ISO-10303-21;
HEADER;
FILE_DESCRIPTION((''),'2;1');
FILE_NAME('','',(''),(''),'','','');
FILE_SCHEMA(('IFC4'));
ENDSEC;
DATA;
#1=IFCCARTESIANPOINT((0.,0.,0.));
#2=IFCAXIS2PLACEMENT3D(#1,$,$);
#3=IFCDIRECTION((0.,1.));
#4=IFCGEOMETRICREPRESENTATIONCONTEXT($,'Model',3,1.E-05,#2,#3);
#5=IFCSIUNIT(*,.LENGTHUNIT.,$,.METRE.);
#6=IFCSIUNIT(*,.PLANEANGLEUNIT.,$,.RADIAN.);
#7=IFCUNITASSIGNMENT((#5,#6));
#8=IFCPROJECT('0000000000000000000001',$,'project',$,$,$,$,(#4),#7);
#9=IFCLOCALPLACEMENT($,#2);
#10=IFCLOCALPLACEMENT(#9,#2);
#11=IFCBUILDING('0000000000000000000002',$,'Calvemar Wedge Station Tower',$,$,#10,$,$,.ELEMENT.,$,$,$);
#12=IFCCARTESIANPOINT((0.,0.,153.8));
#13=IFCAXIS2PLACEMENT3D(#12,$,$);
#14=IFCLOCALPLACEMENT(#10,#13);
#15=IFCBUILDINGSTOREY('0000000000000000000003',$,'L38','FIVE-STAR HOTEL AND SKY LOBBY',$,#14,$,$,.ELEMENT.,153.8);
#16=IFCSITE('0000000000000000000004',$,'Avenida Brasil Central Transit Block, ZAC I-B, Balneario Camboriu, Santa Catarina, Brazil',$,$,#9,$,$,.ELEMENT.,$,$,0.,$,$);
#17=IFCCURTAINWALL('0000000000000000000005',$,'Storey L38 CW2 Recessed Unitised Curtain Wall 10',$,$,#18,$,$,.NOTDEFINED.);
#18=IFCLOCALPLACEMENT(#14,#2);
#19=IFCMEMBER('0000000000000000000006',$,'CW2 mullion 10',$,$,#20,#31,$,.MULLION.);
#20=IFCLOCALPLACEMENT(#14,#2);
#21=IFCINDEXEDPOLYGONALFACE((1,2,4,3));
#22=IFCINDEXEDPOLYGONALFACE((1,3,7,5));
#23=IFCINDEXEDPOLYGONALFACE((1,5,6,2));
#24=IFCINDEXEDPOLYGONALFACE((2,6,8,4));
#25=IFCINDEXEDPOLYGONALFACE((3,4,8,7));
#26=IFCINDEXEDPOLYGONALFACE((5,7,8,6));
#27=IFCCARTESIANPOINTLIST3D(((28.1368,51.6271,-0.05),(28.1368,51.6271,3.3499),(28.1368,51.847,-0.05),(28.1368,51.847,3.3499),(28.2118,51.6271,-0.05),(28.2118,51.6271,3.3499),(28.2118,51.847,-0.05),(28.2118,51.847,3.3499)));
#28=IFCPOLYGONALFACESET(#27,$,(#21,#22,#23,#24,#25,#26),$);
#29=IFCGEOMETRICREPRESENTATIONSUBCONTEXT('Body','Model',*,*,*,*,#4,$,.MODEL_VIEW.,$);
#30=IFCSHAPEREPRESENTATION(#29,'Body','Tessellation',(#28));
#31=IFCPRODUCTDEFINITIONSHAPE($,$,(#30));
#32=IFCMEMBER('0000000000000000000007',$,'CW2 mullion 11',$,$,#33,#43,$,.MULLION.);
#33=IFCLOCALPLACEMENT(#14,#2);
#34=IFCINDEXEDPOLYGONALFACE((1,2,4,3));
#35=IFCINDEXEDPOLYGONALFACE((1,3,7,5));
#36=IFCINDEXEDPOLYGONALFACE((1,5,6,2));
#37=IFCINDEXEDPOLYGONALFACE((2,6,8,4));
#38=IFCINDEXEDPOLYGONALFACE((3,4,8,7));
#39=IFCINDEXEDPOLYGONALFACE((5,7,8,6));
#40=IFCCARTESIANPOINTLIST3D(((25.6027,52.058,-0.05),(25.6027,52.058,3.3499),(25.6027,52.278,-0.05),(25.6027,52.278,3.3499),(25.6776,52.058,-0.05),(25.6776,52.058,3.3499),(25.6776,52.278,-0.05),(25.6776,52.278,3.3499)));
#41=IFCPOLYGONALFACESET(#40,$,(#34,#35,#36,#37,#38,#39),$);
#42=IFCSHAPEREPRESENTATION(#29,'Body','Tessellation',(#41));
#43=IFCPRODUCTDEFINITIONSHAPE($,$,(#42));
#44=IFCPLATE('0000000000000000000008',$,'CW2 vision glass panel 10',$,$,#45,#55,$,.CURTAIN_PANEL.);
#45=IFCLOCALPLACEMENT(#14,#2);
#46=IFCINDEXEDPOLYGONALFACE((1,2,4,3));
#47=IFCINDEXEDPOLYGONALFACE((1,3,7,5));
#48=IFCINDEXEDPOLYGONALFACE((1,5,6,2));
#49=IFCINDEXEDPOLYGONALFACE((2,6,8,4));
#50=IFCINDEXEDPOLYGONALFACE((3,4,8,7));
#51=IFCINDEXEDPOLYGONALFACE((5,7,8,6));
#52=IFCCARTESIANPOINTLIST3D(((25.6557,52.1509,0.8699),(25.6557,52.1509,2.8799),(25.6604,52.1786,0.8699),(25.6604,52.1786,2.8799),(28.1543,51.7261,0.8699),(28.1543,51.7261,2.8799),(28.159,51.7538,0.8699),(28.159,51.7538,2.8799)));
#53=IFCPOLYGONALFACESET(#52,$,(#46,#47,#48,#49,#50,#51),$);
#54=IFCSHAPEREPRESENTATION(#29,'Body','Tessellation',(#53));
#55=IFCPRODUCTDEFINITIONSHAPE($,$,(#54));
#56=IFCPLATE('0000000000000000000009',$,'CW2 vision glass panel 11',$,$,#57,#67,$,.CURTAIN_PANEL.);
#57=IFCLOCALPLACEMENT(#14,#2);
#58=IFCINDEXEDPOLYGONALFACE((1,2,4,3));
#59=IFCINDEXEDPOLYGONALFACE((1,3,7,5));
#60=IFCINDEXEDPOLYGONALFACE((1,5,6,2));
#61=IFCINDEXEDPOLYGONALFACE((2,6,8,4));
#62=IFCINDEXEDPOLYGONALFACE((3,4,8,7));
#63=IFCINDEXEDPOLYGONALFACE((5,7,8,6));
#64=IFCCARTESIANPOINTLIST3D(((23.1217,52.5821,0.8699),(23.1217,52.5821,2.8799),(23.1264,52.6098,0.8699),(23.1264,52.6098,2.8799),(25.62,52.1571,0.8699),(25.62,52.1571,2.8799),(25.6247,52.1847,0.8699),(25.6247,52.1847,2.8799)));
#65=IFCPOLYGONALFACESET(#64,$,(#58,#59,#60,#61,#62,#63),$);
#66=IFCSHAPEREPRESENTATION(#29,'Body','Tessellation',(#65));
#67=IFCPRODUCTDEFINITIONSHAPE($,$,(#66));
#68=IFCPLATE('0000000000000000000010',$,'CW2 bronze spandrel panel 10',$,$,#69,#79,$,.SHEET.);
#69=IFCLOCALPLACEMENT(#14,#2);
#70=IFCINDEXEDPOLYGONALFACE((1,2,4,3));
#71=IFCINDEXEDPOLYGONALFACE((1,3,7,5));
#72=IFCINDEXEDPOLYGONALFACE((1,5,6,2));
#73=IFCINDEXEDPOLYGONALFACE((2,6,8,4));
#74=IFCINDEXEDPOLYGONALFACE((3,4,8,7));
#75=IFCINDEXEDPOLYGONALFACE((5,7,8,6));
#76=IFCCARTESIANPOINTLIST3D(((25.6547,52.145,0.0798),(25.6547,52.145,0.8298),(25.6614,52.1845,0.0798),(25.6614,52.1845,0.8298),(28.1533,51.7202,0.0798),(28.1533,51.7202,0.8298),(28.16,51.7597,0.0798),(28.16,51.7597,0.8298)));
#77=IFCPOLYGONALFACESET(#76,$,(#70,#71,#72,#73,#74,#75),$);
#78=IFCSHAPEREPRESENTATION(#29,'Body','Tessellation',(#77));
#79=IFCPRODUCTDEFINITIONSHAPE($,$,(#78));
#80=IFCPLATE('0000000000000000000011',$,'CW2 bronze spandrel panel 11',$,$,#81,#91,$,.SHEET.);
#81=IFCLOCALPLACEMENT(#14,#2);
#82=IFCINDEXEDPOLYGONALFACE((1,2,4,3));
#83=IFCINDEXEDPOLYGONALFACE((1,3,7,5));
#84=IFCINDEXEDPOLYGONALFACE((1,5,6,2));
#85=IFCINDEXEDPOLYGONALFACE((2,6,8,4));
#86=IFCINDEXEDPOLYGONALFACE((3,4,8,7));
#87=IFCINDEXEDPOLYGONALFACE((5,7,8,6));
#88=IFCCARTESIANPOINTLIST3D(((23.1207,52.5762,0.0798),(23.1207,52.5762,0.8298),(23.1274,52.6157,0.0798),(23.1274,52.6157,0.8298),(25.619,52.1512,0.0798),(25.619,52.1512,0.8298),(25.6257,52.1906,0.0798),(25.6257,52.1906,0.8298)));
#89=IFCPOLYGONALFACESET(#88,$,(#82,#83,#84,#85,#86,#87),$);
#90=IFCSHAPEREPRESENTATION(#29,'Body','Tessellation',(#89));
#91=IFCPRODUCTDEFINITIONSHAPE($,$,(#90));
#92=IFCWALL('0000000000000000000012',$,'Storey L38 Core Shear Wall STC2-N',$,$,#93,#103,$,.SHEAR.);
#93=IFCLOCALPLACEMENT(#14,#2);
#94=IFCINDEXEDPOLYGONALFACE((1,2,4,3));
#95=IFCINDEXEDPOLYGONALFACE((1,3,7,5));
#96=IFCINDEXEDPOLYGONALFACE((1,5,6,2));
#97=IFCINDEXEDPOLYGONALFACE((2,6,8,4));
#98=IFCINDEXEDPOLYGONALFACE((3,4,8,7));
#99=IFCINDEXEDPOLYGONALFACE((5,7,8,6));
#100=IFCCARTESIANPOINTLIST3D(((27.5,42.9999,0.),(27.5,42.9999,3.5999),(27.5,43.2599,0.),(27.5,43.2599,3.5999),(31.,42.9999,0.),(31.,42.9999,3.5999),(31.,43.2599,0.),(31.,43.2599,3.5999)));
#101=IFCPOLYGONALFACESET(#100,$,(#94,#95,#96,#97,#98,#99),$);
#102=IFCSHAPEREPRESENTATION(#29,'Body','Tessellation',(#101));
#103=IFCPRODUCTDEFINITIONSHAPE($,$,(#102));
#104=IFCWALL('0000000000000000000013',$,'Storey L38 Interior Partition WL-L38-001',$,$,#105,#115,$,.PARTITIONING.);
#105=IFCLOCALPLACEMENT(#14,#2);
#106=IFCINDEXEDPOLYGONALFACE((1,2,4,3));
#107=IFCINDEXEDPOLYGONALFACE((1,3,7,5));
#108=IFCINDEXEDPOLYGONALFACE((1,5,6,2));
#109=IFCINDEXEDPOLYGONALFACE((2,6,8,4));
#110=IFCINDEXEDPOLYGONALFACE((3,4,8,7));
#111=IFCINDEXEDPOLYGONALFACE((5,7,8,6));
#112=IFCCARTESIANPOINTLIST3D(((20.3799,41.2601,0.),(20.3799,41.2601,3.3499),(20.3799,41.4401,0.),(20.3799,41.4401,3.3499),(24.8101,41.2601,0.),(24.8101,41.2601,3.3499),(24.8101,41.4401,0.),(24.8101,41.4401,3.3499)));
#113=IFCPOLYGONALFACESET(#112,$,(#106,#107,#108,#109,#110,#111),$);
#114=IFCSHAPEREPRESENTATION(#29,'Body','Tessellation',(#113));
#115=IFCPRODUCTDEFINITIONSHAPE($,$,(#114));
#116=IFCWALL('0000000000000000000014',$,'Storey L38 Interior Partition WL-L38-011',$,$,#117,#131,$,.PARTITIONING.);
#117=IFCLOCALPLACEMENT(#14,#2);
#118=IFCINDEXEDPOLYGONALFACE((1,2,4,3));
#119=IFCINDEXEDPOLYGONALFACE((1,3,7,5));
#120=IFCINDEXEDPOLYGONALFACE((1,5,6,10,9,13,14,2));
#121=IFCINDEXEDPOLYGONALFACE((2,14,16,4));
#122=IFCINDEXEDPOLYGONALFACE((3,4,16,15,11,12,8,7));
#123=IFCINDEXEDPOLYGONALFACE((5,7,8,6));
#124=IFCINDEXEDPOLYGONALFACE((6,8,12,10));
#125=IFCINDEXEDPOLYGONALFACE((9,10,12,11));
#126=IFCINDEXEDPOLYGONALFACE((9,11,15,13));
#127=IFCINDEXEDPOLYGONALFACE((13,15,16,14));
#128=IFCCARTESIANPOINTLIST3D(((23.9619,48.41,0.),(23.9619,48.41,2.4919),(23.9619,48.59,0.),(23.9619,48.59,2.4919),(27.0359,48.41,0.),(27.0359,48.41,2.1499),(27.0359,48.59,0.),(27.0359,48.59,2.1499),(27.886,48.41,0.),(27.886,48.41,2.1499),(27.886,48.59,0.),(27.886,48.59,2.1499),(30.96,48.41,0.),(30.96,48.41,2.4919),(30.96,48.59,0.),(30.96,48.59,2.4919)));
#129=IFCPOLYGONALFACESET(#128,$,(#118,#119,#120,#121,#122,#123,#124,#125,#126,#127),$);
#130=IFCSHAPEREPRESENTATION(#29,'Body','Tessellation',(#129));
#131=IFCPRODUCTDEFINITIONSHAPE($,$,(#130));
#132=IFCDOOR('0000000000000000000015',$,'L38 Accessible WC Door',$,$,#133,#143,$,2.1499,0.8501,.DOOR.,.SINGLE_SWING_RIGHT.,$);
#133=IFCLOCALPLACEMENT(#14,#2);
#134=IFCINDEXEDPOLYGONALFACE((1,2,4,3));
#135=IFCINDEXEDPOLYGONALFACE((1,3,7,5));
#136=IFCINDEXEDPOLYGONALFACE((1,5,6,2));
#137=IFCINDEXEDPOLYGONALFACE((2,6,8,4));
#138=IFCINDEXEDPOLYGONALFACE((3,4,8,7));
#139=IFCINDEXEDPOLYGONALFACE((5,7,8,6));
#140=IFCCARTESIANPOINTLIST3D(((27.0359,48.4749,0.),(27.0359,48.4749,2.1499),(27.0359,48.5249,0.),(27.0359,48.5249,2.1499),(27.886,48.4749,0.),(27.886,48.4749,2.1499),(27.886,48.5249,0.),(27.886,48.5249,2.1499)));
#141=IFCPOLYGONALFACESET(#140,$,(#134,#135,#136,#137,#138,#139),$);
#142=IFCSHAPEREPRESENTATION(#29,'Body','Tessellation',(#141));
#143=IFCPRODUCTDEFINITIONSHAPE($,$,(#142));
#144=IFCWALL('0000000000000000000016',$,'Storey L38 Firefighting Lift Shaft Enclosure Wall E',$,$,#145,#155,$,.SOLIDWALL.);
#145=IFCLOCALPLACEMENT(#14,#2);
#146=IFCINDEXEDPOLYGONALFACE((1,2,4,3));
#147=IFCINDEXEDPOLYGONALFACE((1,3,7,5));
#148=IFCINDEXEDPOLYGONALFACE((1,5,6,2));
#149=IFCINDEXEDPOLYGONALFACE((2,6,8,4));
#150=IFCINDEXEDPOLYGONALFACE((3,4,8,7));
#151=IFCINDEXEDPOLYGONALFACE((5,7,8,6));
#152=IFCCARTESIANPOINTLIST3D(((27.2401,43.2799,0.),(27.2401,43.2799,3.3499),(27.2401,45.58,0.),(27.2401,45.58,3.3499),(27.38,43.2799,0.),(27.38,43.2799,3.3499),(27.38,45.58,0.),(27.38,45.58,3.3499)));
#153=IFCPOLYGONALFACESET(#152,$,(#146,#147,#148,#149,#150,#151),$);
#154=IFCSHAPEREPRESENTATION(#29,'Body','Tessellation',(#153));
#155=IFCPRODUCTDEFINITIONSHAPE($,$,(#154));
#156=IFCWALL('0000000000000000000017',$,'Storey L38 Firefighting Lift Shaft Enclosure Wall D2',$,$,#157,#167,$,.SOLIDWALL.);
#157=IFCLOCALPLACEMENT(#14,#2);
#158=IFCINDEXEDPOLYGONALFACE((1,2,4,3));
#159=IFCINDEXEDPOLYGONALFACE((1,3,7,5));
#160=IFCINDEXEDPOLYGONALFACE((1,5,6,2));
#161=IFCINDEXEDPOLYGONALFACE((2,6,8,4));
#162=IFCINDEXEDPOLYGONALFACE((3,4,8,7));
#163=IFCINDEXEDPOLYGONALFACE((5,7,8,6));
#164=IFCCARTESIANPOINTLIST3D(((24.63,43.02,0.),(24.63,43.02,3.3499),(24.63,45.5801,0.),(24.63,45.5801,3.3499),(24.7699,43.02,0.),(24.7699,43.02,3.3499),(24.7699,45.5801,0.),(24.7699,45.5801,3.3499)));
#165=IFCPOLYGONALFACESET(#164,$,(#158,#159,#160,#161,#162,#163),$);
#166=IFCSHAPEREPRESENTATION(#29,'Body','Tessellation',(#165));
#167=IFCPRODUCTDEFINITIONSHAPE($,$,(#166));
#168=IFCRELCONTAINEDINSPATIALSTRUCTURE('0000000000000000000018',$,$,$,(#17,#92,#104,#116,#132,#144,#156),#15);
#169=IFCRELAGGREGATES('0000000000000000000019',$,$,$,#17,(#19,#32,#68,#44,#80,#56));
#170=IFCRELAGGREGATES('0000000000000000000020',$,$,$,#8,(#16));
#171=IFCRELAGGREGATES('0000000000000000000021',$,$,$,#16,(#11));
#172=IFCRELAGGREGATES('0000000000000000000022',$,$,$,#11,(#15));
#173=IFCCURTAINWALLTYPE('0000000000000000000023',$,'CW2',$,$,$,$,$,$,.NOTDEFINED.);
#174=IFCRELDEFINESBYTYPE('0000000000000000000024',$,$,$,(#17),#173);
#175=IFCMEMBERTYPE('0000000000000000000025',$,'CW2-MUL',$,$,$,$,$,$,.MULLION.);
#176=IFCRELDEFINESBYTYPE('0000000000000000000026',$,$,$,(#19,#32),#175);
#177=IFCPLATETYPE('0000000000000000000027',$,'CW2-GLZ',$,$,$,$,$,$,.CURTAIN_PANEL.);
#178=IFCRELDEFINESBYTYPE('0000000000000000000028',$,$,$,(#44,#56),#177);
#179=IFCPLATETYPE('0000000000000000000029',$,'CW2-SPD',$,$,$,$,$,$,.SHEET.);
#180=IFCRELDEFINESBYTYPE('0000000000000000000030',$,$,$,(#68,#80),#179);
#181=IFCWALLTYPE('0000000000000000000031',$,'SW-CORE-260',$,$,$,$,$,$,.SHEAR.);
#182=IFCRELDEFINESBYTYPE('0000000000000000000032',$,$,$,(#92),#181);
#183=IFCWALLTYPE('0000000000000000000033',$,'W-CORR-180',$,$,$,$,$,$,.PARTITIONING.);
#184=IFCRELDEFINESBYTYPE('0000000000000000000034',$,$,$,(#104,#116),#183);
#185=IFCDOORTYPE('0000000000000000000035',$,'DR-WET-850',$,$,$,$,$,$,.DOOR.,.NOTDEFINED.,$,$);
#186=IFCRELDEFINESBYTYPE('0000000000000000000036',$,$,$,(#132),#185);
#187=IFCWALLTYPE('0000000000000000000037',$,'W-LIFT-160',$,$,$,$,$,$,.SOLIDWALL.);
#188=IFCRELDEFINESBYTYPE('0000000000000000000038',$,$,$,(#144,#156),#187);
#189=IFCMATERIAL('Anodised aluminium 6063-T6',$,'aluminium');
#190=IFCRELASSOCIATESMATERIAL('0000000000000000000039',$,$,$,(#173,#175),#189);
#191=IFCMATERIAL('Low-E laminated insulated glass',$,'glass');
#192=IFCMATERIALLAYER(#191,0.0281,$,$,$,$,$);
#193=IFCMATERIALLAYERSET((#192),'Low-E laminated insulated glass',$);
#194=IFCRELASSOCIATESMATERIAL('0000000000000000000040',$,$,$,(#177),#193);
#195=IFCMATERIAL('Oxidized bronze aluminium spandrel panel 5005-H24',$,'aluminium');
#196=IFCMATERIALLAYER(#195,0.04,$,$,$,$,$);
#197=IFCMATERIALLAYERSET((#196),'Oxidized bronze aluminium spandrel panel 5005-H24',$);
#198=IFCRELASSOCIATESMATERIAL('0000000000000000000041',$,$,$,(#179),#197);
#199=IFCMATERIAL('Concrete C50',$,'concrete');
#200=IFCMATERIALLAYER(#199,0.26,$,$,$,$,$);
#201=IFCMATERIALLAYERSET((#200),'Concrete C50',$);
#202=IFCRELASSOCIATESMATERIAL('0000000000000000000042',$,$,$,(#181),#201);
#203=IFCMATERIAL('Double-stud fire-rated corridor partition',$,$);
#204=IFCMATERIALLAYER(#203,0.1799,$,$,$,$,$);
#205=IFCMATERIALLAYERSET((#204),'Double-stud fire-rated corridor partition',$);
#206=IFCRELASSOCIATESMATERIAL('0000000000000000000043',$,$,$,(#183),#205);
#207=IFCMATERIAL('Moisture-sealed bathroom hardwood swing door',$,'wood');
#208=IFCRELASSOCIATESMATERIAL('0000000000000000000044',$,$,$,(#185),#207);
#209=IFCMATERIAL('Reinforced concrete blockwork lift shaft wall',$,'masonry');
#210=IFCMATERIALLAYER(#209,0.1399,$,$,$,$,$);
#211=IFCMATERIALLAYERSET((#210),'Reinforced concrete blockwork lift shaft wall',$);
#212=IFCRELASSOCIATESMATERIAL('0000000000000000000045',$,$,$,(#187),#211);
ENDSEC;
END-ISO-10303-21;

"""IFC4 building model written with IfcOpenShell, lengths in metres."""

from ifc_helpers import new_model, si_unit, direction, frame, frame_2d, origin, origin_2d, place, context, subcontext, project, spatial, rectangle, extrude, source, transform, mapped, material, layer, layer_set, material_profile, profile_set, type_object, element, fill, aggregate, save


model = new_model("IFC4")

# Units and contexts
model_context = context("Model", 3, precision=1e-05, world=origin(), true_north=direction((0.0, 1.0)))
body_context = subcontext(model_context, "Body", "Model", "MODEL_VIEW")
ifc_project = project(units=[si_unit("LENGTHUNIT", "METRE"), si_unit("PLANEANGLEUNIT", "RADIAN")], contexts=[model_context])

# Site, building, storey
site_placement = place(None, origin())
site = spatial("IfcSite", under=ifc_project, at=site_placement, Name="Avenida Brasil Central Transit Block, ZAC I-B, Balneario Camboriu, Santa Catarina, Brazil", CompositionType="ELEMENT", RefElevation=0.0)
building_placement = place(site_placement, origin())
building = spatial("IfcBuilding", under=site, at=building_placement, Name="Calvemar Wedge Station Tower", CompositionType="ELEMENT")
storey_placement = place(building_placement, frame((0.0, 0.0, 153.8)))
storey = spatial("IfcBuildingStorey", under=building, at=storey_placement, Name="L38", Description="FIVE-STAR HOTEL AND SKY LOBBY", CompositionType="ELEMENT", Elevation=153.8)

# Curtain wall, members, plates
ifc_material_1 = material(Name="Anodised aluminium 6063-T6", Category="aluminium")
curtain_wall_type = type_object("IfcCurtainWallType", Name="CW2", PredefinedType="NOTDEFINED", material=ifc_material_1)
curtain_wall_placement = place(storey_placement, origin())
curtain_wall = element("IfcCurtainWall", 1, at=curtain_wall_placement, inside=storey, type_object=curtain_wall_type, Name="Storey L38 CW2 Recessed Unitised Curtain Wall 10", PredefinedType="NOTDEFINED")
ifc_material_profile = material_profile(ifc_material_1, rectangle(XDim=0.075, YDim=0.22, at=origin_2d()), Name="AL-MUL-75x220")
ifc_profile_set = profile_set([ifc_material_profile], Name="Anodised aluminium 6063-T6")
member_type = type_object("IfcMemberType", Name="CW2-MUL", PredefinedType="MULLION", material=ifc_profile_set)
shared_shape_1 = source(origin(), body_context, "Body", "SweptSolid", [
    extrude(rectangle(XDim=0.075, YDim=0.22, at=origin_2d()), origin(), (0.0, 0.0, 1.0), 3.3999),
])
member_1_placement = place(storey_placement, frame((28.1743, 51.7371, -0.05), z_axis=(0.0, 0.0, 1.0), x_axis=(1.0, 0.0, 0.0)))
member_1 = element("IfcMember", 2, at=member_1_placement, type_object=member_type, Name="CW2 mullion 10", PredefinedType="MULLION", context=body_context, shape_type="MappedRepresentation", body=[
    mapped(shared_shape_1, transform((0.0, 0.0, 0.0), scale=1.0)),
])
member_2_placement = place(storey_placement, frame((25.6401, 52.168, -0.05), z_axis=(0.0, 0.0, 1.0), x_axis=(1.0, 0.0, 0.0)))
member_2 = element("IfcMember", 3, at=member_2_placement, type_object=member_type, Name="CW2 mullion 11", PredefinedType="MULLION", context=body_context, shape_type="MappedRepresentation", body=[
    mapped(shared_shape_1, transform((0.0, 0.0, 0.0), scale=1.0)),
])
ifc_material_2 = material(Name="Low-E laminated insulated glass", Category="glass")
ifc_layer_1 = layer(ifc_material_2, 0.0281)
ifc_layer_set_1 = layer_set([ifc_layer_1], Name="Low-E laminated insulated glass")
plate_type_1 = type_object("IfcPlateType", Name="CW2-GLZ", PredefinedType="CURTAIN_PANEL", material=ifc_layer_set_1)
plate_1_placement = place(storey_placement, frame((28.1565, 51.74, 0.8699), z_axis=(0.0, 0.0, 1.0), x_axis=(-0.985852, 0.167616, 0.0)))
plate_1 = element("IfcPlate", 4, at=plate_1_placement, type_object=plate_type_1, Name="CW2 vision glass panel 10", PredefinedType="CURTAIN_PANEL", context=body_context, shape_type="SweptSolid", body=[
    extrude(rectangle(XDim=2.5344, YDim=0.0281, at=frame_2d((1.2671, 0.0))), origin(), (0.0, 0.0, 1.0), 2.01),
])
plate_2_placement = place(storey_placement, frame((25.6223, 52.1709, 0.8699), z_axis=(0.0, 0.0, 1.0), x_axis=(-0.985834, 0.167726, 0.0)))
plate_2 = element("IfcPlate", 5, at=plate_2_placement, type_object=plate_type_1, Name="CW2 vision glass panel 11", PredefinedType="CURTAIN_PANEL", context=body_context, shape_type="SweptSolid", body=[
    extrude(rectangle(XDim=2.5342, YDim=0.0281, at=frame_2d((1.2671, 0.0))), origin(), (0.0, 0.0, 1.0), 2.01),
])
ifc_material_3 = material(Name="Oxidized bronze aluminium spandrel panel 5005-H24", Category="aluminium")
ifc_layer_2 = layer(ifc_material_3, 0.04)
ifc_layer_set_2 = layer_set([ifc_layer_2], Name="Oxidized bronze aluminium spandrel panel 5005-H24")
plate_type_2 = type_object("IfcPlateType", Name="CW2-SPD", PredefinedType="SHEET", material=ifc_layer_set_2)
plate_3_placement = place(storey_placement, frame((28.1565, 51.74, 0.0798), z_axis=(0.0, 0.0, 1.0), x_axis=(-0.985852, 0.167616, 0.0)))
plate_3 = element("IfcPlate", 6, at=plate_3_placement, type_object=plate_type_2, Name="CW2 bronze spandrel panel 10", PredefinedType="SHEET", context=body_context, shape_type="SweptSolid", body=[
    extrude(rectangle(XDim=2.5344, YDim=0.04, at=frame_2d((1.2671, 0.0))), origin(), (0.0, 0.0, 1.0), 0.75),
])
plate_4_placement = place(storey_placement, frame((25.6223, 52.1709, 0.0798), z_axis=(0.0, 0.0, 1.0), x_axis=(-0.985834, 0.167726, 0.0)))
plate_4 = element("IfcPlate", 7, at=plate_4_placement, type_object=plate_type_2, Name="CW2 bronze spandrel panel 11", PredefinedType="SHEET", context=body_context, shape_type="SweptSolid", body=[
    extrude(rectangle(XDim=2.5342, YDim=0.04, at=frame_2d((1.2671, 0.0))), origin(), (0.0, 0.0, 1.0), 0.75),
])
aggregate(curtain_wall, [member_1, member_2, plate_3, plate_1, plate_4, plate_2])

# Walls
ifc_material_4 = material(Name="Concrete C50", Category="concrete")
ifc_layer_3 = layer(ifc_material_4, 0.26)
ifc_layer_set_3 = layer_set([ifc_layer_3], Name="Concrete C50")
wall_type_1 = type_object("IfcWallType", Name="SW-CORE-260", PredefinedType="SHEAR", material=ifc_layer_set_3)
wall_1_placement = place(storey_placement, frame((27.5, 43.1299, 0.0), z_axis=(0.0, 0.0, 1.0), x_axis=(1.0, 0.0, 0.0)))
element("IfcWall", 8, at=wall_1_placement, inside=storey, type_object=wall_type_1, Name="Storey L38 Core Shear Wall STC2-N", PredefinedType="SHEAR", context=body_context, shape_type="SweptSolid", body=[
    extrude(rectangle(XDim=3.5, YDim=0.26, at=frame_2d((1.75, 0.0))), origin(), (0.0, 0.0, 1.0), 3.5999),
])
ifc_material_5 = material(Name="Double-stud fire-rated corridor partition")
ifc_layer_4 = layer(ifc_material_5, 0.1799)
ifc_layer_set_4 = layer_set([ifc_layer_4], Name="Double-stud fire-rated corridor partition")
wall_type_2 = type_object("IfcWallType", Name="W-CORR-180", PredefinedType="PARTITIONING", material=ifc_layer_set_4)
wall_2_placement = place(storey_placement, frame((24.8101, 41.3501, 0.0), z_axis=(0.0, 0.0, 1.0), x_axis=(-1.0, 0.0, 0.0)))
element("IfcWall", 9, at=wall_2_placement, inside=storey, type_object=wall_type_2, Name="Storey L38 Interior Partition WL-L38-001", PredefinedType="PARTITIONING", context=body_context, shape_type="SweptSolid", body=[
    extrude(rectangle(XDim=4.4302, YDim=0.1799, at=frame_2d((2.2151, 0.0))), origin(), (0.0, 0.0, 1.0), 3.3499),
])

# Wall, opening, door
shared_shape_2 = source(origin(), body_context, "Body", "SweptSolid", [
    extrude(rectangle(XDim=0.8501, YDim=2.1499, at=frame_2d((0.425, 1.075))), frame((0.0, 0.1001, 0.0), z_axis=(0.0, -1.0, 0.0), x_axis=(1.0, 0.0, 0.0)), (0.0, 0.0, 1.0), 0.2),
])
wall_3_placement = place(storey_placement, frame((23.9619, 48.5, 0.0), z_axis=(0.0, 0.0, 1.0), x_axis=(1.0, 0.0, 0.0)))
wall_3 = element("IfcWall", 10, at=wall_3_placement, inside=storey, type_object=wall_type_2, Name="Storey L38 Interior Partition WL-L38-011", PredefinedType="PARTITIONING", context=body_context, shape_type="SweptSolid", body=[
    extrude(rectangle(XDim=6.998, YDim=0.1799, at=frame_2d((3.499, 0.0))), origin(), (0.0, 0.0, 1.0), 2.4919),
])
opening_1_placement = place(wall_3_placement, frame((3.074, 0.0, 0.0)))
opening_1 = element("IfcOpeningElement", 11, at=opening_1_placement, cuts=wall_3, PredefinedType="OPENING", context=body_context, shape_type="MappedRepresentation", body=[
    mapped(shared_shape_2, transform((0.0, 0.0, 0.0), scale=1.0)),
])
ifc_material_6 = material(Name="Moisture-sealed bathroom hardwood swing door", Category="wood")
door_type_1 = type_object("IfcDoorType", Name="DR-WET-850", OperationType="NOTDEFINED", PredefinedType="DOOR", material=ifc_material_6)
shared_shape_3 = source(origin(), body_context, "Body", "SweptSolid", [
    extrude(rectangle(XDim=0.8501, YDim=2.1499, at=frame_2d((0.425, 1.075))), frame((0.0, 0.0249, 0.0), z_axis=(0.0, -1.0, 0.0), x_axis=(1.0, 0.0, 0.0)), (0.0, 0.0, 1.0), 0.05),
])
door_1_placement = place(opening_1_placement, origin())
door_1 = element("IfcDoor", 12, at=door_1_placement, inside=storey, type_object=door_type_1, Name="L38 Accessible WC Door", OperationType="SINGLE_SWING_RIGHT", OverallHeight=2.1499, OverallWidth=0.8501, PredefinedType="DOOR", context=body_context, shape_type="MappedRepresentation", body=[
    mapped(shared_shape_3, transform((0.0, 0.0, 0.0), scale=1.0)),
])
fill(opening_1, door_1)

# Walls
ifc_material_7 = material(Name="Reinforced concrete blockwork lift shaft wall", Category="masonry")
ifc_layer_5 = layer(ifc_material_7, 0.1399)
ifc_layer_set_5 = layer_set([ifc_layer_5], Name="Reinforced concrete blockwork lift shaft wall")
wall_type_3 = type_object("IfcWallType", Name="W-LIFT-160", PredefinedType="SOLIDWALL", material=ifc_layer_set_5)
wall_4_placement = place(storey_placement, frame((27.3101, 43.28, 0.0), z_axis=(0.0, 0.0, 1.0), x_axis=(0.0, 1.0, 0.0)))
element("IfcWall", 13, at=wall_4_placement, inside=storey, type_object=wall_type_3, Name="Storey L38 Firefighting Lift Shaft Enclosure Wall E", PredefinedType="SOLIDWALL", context=body_context, shape_type="SweptSolid", body=[
    extrude(rectangle(XDim=2.3, YDim=0.1399, at=frame_2d((1.1499, 0.0))), origin(), (0.0, 0.0, 1.0), 3.3499),
])
wall_5_placement = place(storey_placement, frame((24.7, 43.02, 0.0), z_axis=(0.0, 0.0, 1.0), x_axis=(0.0, 1.0, 0.0)))
element("IfcWall", 14, at=wall_5_placement, inside=storey, type_object=wall_type_3, Name="Storey L38 Firefighting Lift Shaft Enclosure Wall D2", PredefinedType="SOLIDWALL", context=body_context, shape_type="SweptSolid", body=[
    extrude(rectangle(XDim=2.5601, YDim=0.1399, at=frame_2d((1.28, 0.0))), origin(), (0.0, 0.0, 1.0), 3.3499),
])

save(model, "model.ifc")
